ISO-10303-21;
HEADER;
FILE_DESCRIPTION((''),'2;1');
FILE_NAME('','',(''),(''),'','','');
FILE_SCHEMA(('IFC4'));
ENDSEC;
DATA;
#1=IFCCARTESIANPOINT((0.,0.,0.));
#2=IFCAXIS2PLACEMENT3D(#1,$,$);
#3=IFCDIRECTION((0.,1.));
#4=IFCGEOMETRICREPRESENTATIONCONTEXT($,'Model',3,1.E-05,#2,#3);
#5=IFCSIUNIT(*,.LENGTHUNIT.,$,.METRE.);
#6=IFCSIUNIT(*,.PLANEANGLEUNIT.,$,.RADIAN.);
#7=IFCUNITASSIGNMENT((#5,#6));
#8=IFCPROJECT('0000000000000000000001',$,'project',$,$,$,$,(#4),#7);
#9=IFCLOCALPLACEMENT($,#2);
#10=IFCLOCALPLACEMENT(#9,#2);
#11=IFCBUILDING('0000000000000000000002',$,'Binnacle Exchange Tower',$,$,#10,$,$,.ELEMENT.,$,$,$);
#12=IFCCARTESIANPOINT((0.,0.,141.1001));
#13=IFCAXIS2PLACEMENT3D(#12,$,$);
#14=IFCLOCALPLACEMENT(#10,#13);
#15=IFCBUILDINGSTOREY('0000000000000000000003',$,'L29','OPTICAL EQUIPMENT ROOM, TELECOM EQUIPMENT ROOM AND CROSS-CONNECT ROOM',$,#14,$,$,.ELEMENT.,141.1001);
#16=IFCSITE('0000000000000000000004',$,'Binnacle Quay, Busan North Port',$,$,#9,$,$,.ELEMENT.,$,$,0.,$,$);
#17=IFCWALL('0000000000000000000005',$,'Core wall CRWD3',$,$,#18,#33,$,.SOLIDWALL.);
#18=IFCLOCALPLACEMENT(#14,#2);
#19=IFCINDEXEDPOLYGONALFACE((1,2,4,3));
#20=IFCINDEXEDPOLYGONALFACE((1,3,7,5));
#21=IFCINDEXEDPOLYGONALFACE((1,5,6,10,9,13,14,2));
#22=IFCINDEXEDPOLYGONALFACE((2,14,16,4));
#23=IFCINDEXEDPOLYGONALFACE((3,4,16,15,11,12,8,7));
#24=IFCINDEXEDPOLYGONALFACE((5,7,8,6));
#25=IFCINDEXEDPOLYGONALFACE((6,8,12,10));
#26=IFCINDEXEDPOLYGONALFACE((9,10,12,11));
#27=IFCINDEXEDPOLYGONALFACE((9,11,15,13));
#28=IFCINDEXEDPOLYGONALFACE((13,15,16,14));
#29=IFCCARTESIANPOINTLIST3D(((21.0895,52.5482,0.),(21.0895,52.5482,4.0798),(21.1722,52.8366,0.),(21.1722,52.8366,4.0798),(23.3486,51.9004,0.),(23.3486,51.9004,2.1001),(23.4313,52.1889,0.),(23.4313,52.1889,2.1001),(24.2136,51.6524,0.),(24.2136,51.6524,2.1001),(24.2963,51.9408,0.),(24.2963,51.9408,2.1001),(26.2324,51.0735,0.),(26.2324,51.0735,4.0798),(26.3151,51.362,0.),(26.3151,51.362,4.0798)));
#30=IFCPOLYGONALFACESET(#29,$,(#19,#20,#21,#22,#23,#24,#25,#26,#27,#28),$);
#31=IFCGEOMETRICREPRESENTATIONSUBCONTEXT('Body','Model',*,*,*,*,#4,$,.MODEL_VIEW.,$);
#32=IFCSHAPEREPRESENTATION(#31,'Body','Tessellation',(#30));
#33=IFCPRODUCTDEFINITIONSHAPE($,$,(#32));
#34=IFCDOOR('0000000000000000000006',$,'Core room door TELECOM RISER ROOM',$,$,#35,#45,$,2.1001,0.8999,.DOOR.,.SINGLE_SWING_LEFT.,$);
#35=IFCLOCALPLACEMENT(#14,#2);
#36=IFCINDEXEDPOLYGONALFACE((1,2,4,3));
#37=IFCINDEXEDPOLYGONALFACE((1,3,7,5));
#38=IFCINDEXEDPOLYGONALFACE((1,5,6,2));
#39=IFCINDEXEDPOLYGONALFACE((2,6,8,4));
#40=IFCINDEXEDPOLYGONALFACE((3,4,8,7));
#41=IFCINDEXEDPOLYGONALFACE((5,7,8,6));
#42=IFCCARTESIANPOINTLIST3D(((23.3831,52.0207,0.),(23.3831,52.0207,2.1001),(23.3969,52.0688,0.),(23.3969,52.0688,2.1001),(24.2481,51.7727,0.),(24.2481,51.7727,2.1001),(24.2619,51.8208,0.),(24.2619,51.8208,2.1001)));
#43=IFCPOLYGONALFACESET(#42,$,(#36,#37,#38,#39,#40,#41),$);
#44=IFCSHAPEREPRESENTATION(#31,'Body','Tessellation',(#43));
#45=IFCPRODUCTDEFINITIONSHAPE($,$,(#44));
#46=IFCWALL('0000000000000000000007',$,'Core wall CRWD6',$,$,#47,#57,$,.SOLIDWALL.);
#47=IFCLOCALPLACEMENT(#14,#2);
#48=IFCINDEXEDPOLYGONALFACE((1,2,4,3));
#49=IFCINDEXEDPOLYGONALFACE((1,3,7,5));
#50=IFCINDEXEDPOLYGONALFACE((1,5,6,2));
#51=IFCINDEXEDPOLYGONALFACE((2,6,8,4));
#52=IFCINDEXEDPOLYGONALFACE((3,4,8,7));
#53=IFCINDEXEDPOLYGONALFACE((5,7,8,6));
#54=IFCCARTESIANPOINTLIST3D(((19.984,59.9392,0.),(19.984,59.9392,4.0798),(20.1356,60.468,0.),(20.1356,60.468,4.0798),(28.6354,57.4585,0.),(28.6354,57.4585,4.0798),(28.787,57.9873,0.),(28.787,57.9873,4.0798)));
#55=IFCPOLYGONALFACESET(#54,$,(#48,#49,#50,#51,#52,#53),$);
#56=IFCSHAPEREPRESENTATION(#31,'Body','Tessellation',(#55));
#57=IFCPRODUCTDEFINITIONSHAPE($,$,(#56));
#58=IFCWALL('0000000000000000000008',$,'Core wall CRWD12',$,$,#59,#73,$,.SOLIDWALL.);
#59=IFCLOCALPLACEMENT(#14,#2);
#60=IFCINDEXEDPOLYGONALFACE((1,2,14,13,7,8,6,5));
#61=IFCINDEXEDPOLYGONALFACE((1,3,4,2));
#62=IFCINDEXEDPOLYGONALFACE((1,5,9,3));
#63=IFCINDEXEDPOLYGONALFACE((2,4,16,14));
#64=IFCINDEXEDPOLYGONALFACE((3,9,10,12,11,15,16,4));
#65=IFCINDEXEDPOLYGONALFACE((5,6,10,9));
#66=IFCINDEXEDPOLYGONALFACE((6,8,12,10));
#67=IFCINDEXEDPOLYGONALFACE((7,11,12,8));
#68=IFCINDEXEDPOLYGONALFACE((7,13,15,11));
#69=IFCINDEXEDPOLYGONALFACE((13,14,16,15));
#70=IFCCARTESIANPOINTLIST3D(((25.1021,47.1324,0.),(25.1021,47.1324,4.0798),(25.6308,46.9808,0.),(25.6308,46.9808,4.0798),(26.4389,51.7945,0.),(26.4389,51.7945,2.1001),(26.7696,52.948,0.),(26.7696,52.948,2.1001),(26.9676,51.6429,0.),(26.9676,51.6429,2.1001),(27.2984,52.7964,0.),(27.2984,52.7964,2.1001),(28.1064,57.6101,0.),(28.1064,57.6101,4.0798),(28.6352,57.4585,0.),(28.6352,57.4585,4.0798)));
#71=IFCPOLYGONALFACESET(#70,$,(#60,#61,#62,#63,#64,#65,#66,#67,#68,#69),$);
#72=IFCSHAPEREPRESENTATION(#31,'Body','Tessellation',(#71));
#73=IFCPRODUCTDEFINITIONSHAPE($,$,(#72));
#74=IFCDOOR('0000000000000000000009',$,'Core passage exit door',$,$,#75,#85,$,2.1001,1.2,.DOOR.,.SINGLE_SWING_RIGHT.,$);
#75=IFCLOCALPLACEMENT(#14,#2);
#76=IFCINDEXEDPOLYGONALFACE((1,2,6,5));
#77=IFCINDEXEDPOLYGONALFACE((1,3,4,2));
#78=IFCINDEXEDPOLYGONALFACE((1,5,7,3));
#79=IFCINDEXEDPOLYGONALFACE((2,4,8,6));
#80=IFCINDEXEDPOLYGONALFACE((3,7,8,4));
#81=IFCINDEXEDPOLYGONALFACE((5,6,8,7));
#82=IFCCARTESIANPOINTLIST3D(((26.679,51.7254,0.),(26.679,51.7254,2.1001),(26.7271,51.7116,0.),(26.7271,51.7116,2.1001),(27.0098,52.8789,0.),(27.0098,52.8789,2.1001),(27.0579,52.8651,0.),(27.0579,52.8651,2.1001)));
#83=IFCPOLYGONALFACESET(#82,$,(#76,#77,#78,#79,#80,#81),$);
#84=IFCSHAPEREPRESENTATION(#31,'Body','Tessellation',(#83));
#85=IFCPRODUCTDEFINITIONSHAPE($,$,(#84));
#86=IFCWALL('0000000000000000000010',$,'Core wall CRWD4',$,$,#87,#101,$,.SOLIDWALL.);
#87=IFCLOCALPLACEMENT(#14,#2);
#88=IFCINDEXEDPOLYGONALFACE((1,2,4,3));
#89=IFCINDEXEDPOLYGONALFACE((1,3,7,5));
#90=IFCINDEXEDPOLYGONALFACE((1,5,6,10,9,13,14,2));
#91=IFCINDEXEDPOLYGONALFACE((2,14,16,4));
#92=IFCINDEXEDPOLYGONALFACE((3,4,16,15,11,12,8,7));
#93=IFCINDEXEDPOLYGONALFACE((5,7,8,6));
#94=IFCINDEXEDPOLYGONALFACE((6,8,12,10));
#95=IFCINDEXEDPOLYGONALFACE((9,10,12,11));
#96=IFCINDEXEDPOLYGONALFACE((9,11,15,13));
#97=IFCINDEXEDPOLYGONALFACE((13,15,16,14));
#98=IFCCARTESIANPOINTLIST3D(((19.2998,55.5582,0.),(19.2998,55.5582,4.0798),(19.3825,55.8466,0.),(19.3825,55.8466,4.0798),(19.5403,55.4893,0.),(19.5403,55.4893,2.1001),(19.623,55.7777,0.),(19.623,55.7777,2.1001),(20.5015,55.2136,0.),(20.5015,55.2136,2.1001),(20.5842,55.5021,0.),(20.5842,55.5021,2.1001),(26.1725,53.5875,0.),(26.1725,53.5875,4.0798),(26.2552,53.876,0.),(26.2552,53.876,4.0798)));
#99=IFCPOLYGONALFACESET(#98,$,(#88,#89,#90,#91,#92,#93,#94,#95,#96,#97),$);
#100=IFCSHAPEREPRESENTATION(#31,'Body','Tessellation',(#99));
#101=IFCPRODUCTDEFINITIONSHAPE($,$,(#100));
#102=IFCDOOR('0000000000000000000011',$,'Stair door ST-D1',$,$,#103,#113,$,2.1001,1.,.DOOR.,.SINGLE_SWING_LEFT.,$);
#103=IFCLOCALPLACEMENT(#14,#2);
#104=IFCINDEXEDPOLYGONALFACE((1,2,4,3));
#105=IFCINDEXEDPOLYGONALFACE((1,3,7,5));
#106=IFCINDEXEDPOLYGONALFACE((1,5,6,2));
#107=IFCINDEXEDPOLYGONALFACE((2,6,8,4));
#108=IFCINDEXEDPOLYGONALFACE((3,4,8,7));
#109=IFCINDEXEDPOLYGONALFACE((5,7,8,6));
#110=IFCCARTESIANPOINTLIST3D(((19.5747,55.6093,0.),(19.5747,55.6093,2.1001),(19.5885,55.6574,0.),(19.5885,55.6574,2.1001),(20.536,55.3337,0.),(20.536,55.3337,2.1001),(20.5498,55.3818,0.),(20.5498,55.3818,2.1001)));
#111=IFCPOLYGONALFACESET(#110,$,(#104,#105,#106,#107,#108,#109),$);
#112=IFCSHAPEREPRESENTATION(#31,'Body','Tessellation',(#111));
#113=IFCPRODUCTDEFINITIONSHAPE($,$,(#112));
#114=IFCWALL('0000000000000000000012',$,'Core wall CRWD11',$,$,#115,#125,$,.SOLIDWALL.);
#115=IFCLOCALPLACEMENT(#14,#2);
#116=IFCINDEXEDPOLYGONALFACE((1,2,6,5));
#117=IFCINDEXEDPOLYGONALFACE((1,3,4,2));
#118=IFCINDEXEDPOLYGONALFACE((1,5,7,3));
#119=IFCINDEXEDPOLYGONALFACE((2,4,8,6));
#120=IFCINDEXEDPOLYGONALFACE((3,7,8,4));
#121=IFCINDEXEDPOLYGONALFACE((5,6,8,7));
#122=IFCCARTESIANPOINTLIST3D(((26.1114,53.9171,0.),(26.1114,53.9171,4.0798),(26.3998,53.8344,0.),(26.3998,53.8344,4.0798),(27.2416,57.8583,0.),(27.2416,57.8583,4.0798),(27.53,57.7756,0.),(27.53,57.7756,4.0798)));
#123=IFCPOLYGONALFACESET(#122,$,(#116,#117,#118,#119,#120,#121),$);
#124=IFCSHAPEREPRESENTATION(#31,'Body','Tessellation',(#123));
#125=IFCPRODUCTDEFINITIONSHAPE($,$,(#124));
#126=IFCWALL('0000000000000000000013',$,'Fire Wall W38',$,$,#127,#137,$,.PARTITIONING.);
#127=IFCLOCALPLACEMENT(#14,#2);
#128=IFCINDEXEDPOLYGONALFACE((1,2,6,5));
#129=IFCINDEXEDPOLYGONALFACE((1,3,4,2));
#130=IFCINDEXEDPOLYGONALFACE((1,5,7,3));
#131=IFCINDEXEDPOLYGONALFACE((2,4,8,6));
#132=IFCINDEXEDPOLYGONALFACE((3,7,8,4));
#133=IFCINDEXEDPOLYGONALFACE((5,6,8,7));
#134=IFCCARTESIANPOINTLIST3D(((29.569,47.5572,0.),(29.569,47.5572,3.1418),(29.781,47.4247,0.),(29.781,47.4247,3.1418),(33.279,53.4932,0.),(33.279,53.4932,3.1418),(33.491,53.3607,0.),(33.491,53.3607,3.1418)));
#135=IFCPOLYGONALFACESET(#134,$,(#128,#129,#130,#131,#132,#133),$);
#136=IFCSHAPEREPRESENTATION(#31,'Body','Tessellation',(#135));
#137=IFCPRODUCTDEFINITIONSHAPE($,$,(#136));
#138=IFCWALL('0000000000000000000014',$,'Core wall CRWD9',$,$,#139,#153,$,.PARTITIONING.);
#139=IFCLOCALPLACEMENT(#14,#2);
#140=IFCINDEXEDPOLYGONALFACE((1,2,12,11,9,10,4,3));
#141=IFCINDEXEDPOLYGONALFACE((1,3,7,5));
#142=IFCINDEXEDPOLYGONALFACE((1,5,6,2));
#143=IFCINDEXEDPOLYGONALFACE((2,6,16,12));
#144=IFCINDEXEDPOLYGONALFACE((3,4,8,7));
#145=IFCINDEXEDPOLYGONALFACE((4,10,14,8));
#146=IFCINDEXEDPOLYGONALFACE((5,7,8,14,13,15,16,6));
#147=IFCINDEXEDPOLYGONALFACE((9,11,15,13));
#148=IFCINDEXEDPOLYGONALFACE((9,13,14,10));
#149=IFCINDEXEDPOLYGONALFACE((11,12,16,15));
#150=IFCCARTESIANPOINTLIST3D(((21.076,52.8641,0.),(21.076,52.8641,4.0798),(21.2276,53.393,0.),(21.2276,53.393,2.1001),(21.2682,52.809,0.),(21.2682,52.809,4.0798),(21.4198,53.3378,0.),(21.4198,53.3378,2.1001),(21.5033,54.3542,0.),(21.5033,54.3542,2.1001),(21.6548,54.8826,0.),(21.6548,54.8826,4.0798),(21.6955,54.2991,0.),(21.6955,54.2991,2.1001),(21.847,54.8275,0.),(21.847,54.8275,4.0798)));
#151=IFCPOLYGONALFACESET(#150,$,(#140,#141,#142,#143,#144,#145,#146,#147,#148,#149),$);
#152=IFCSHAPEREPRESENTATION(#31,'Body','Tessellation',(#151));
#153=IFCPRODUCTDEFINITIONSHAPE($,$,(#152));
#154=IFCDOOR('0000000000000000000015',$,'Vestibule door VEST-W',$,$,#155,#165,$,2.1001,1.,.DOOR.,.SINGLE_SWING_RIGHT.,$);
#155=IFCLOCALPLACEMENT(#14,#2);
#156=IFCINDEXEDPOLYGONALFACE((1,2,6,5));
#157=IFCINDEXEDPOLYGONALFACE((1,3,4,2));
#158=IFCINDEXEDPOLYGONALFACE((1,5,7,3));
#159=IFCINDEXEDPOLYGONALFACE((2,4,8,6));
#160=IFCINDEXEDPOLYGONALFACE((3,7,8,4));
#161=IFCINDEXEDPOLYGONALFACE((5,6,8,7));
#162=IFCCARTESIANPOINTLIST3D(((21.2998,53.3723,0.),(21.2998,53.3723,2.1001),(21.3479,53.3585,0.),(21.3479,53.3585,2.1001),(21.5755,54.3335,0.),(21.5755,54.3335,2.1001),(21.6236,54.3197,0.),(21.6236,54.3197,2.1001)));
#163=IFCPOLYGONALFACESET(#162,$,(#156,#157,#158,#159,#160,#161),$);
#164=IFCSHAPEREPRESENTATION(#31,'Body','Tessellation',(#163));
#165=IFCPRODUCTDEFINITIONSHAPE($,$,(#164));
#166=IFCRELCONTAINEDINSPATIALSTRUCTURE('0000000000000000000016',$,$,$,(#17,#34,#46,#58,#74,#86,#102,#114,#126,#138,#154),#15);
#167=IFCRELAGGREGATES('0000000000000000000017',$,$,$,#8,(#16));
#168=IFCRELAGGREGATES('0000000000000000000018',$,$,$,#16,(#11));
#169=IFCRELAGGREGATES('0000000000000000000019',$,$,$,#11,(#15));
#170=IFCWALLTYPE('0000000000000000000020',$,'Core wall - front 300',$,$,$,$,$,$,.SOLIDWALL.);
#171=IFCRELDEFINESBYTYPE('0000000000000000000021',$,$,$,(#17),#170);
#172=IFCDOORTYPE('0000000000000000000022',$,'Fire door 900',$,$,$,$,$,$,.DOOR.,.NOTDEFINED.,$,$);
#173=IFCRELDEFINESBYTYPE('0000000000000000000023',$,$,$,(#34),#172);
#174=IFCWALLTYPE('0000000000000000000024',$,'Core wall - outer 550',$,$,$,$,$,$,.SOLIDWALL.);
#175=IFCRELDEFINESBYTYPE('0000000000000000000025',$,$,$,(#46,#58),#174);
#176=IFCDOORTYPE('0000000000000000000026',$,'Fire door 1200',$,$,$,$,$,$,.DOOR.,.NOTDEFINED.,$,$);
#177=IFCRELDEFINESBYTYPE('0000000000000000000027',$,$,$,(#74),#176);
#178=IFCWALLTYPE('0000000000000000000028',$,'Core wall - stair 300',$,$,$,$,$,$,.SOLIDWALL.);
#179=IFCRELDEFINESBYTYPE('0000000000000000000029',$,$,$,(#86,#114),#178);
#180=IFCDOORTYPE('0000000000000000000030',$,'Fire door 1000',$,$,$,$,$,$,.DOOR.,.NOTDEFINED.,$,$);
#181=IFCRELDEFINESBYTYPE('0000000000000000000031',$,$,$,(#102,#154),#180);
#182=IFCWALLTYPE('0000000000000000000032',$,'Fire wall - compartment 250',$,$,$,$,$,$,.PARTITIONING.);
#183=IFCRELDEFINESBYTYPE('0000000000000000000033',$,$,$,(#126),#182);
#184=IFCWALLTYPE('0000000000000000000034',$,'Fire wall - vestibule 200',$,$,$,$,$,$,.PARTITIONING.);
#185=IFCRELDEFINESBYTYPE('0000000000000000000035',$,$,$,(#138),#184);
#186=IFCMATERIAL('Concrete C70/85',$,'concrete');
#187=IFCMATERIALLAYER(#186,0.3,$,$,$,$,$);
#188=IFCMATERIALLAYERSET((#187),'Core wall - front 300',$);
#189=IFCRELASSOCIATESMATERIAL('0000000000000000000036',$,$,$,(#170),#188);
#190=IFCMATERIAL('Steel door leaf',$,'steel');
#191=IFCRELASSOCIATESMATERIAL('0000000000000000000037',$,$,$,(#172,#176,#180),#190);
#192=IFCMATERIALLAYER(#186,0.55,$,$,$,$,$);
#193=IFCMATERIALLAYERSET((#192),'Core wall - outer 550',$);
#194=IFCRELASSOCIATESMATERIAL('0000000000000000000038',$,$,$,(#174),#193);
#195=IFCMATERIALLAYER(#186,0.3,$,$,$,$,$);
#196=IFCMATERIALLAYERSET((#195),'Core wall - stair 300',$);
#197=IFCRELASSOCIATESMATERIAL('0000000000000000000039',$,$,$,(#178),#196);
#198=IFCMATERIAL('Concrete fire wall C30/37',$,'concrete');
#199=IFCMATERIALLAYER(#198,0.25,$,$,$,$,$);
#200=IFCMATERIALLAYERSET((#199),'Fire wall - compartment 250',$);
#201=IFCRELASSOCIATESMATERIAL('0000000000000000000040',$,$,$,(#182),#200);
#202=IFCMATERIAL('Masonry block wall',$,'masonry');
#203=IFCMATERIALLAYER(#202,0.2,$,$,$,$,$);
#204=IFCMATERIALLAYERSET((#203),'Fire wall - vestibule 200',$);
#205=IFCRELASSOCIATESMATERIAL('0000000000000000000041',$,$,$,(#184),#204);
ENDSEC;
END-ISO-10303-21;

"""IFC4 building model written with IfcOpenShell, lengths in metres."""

from ifc_helpers import new_model, si_unit, direction, frame, frame_2d, origin, place, context, subcontext, project, spatial, rectangle, extrude, material, layer, layer_set, type_object, element, fill, save


model = new_model("IFC4")

# Units and contexts
model_context = context("Model", 3, precision=1e-05, world=origin(), true_north=direction((0.0, 1.0)))
body_context = subcontext(model_context, "Body", "Model", "MODEL_VIEW")
ifc_project = project(units=[si_unit("LENGTHUNIT", "METRE"), si_unit("PLANEANGLEUNIT", "RADIAN")], contexts=[model_context])

# Site, building, storey
site_placement = place(None, origin())
site = spatial("IfcSite", under=ifc_project, at=site_placement, Name="Binnacle Quay, Busan North Port", CompositionType="ELEMENT", RefElevation=0.0)
building_placement = place(site_placement, origin())
building = spatial("IfcBuilding", under=site, at=building_placement, Name="Binnacle Exchange Tower", CompositionType="ELEMENT")
storey_placement = place(building_placement, frame((0.0, 0.0, 141.1001)))
storey = spatial("IfcBuildingStorey", under=building, at=storey_placement, Name="L29", Description="OPTICAL EQUIPMENT ROOM, TELECOM EQUIPMENT ROOM AND CROSS-CONNECT ROOM", CompositionType="ELEMENT", Elevation=141.1001)

# Shared definitions
ifc_material_1 = material(Name="Concrete C70/85", Category="concrete")

# Wall, opening, door
ifc_layer_1 = layer(ifc_material_1, 0.3)
ifc_layer_set_1 = layer_set([ifc_layer_1], Name="Core wall - front 300")
wall_type_1 = type_object("IfcWallType", Name="Core wall - front 300", PredefinedType="SOLIDWALL", material=ifc_layer_set_1)
wall_1_placement = place(storey_placement, frame((21.1309, 52.6924, 0.0), z_axis=(0.0, 0.0, 1.0), x_axis=(0.961265, -0.275625, 0.0)))
wall_1 = element("IfcWall", 1, at=wall_1_placement, inside=storey, type_object=wall_type_1, Name="Core wall CRWD3", PredefinedType="SOLIDWALL", context=body_context, shape_type="SweptSolid", body=[
    extrude(rectangle(XDim=5.3501, YDim=0.3, at=frame_2d((2.675, 0.0))), origin(), (0.0, 0.0, 1.0), 4.0798),
])
opening_1_placement = place(wall_1_placement, frame((2.3501, 0.0, 0.0)))
opening_1 = element("IfcOpeningElement", 2, at=opening_1_placement, cuts=wall_1, PredefinedType="OPENING", context=body_context, shape_type="SweptSolid", body=[
    extrude(rectangle(XDim=0.8999, YDim=2.1001, at=frame_2d((0.45, 1.05))), frame((0.0, 0.1599, 0.0), z_axis=(0.0, -1.0, 0.0), x_axis=(1.0, 0.0, 0.0)), (0.0, 0.0, 1.0), 0.3201),
])
ifc_material_2 = material(Name="Steel door leaf", Category="steel")
door_type_1 = type_object("IfcDoorType", Name="Fire door 900", OperationType="NOTDEFINED", PredefinedType="DOOR", material=ifc_material_2)
door_1_placement = place(opening_1_placement, frame((0.8999, 0.0, 0.0), z_axis=(0.0, 0.0, 1.0), x_axis=(-1.0, 0.0, 0.0)))
door_1 = element("IfcDoor", 3, at=door_1_placement, inside=storey, type_object=door_type_1, Name="Core room door TELECOM RISER ROOM", OperationType="SINGLE_SWING_LEFT", OverallHeight=2.1001, OverallWidth=0.8999, PredefinedType="DOOR", context=body_context, shape_type="SweptSolid", body=[
    extrude(rectangle(XDim=0.8999, YDim=2.1001, at=frame_2d((0.45, 1.05))), frame((0.0, 0.0249, 0.0), z_axis=(0.0, -1.0, 0.0), x_axis=(1.0, 0.0, 0.0)), (0.0, 0.0, 1.0), 0.05),
])
fill(opening_1, door_1)

# Wall
ifc_layer_2 = layer(ifc_material_1, 0.55)
ifc_layer_set_2 = layer_set([ifc_layer_2], Name="Core wall - outer 550")
wall_type_2 = type_object("IfcWallType", Name="Core wall - outer 550", PredefinedType="SOLIDWALL", material=ifc_layer_set_2)
wall_2_placement = place(storey_placement, frame((20.0598, 60.2036, 0.0), z_axis=(0.0, 0.0, 1.0), x_axis=(0.961262, -0.275635, 0.0)))
element("IfcWall", 4, at=wall_2_placement, inside=storey, type_object=wall_type_2, Name="Core wall CRWD6", PredefinedType="SOLIDWALL", context=body_context, shape_type="SweptSolid", body=[
    extrude(rectangle(XDim=9.0, YDim=0.55, at=frame_2d((4.5, 0.0))), origin(), (0.0, 0.0, 1.0), 4.0798),
])

# Walls, openings, doors
wall_3_placement = place(storey_placement, frame((25.3665, 47.0566, 0.0), z_axis=(0.0, 0.0, 1.0), x_axis=(0.275632, 0.961263, 0.0)))
wall_3 = element("IfcWall", 5, at=wall_3_placement, inside=storey, type_object=wall_type_2, Name="Core wall CRWD12", PredefinedType="SOLIDWALL", context=body_context, shape_type="SweptSolid", body=[
    extrude(rectangle(XDim=10.8999, YDim=0.55, at=frame_2d((5.45, 0.0))), origin(), (0.0, 0.0, 1.0), 4.0798),
])
opening_2_placement = place(wall_3_placement, frame((4.8499, 0.0, 0.0)))
opening_2 = element("IfcOpeningElement", 6, at=opening_2_placement, cuts=wall_3, PredefinedType="OPENING", context=body_context, shape_type="SweptSolid", body=[
    extrude(rectangle(XDim=1.2, YDim=2.1001, at=frame_2d((0.6001, 1.05))), frame((0.0, 0.2849, 0.0), z_axis=(0.0, -1.0, 0.0), x_axis=(1.0, 0.0, 0.0)), (0.0, 0.0, 1.0), 0.5701),
])
door_type_2 = type_object("IfcDoorType", Name="Fire door 1200", OperationType="NOTDEFINED", PredefinedType="DOOR", material=ifc_material_2)
door_2_placement = place(opening_2_placement, frame((1.2, 0.0, 0.0), z_axis=(0.0, 0.0, 1.0), x_axis=(-1.0, 0.0, 0.0)))
door_2 = element("IfcDoor", 7, at=door_2_placement, inside=storey, type_object=door_type_2, Name="Core passage exit door", OperationType="SINGLE_SWING_RIGHT", OverallHeight=2.1001, OverallWidth=1.2, PredefinedType="DOOR", context=body_context, shape_type="SweptSolid", body=[
    extrude(rectangle(XDim=1.2, YDim=2.1001, at=frame_2d((0.6001, 1.05))), frame((0.0, 0.0249, 0.0), z_axis=(0.0, -1.0, 0.0), x_axis=(1.0, 0.0, 0.0)), (0.0, 0.0, 1.0), 0.05),
])
fill(opening_2, door_2)
ifc_layer_3 = layer(ifc_material_1, 0.3)
ifc_layer_set_3 = layer_set([ifc_layer_3], Name="Core wall - stair 300")
wall_type_3 = type_object("IfcWallType", Name="Core wall - stair 300", PredefinedType="SOLIDWALL", material=ifc_layer_set_3)
wall_4_placement = place(storey_placement, frame((19.3413, 55.7024, 0.0), z_axis=(0.0, 0.0, 1.0), x_axis=(0.961263, -0.275632, 0.0)))
wall_4 = element("IfcWall", 8, at=wall_4_placement, inside=storey, type_object=wall_type_3, Name="Core wall CRWD4", PredefinedType="SOLIDWALL", context=body_context, shape_type="SweptSolid", body=[
    extrude(rectangle(XDim=7.1497, YDim=0.3, at=frame_2d((3.5747, 0.0))), origin(), (0.0, 0.0, 1.0), 4.0798),
])
opening_3_placement = place(wall_4_placement, frame((0.25, 0.0, 0.0)))
opening_3 = element("IfcOpeningElement", 9, at=opening_3_placement, cuts=wall_4, PredefinedType="OPENING", context=body_context, shape_type="SweptSolid", body=[
    extrude(rectangle(XDim=1.0, YDim=2.1001, at=frame_2d((0.5, 1.05))), frame((0.0, 0.1599, 0.0), z_axis=(0.0, -1.0, 0.0), x_axis=(1.0, 0.0, 0.0)), (0.0, 0.0, 1.0), 0.3201),
])
door_type_3 = type_object("IfcDoorType", Name="Fire door 1000", OperationType="NOTDEFINED", PredefinedType="DOOR", material=ifc_material_2)
door_3_placement = place(opening_3_placement, origin())
door_3 = element("IfcDoor", 10, at=door_3_placement, inside=storey, type_object=door_type_3, Name="Stair door ST-D1", OperationType="SINGLE_SWING_LEFT", OverallHeight=2.1001, OverallWidth=1.0, PredefinedType="DOOR", context=body_context, shape_type="SweptSolid", body=[
    extrude(rectangle(XDim=1.0, YDim=2.1001, at=frame_2d((0.5, 1.05))), frame((0.0, 0.0249, 0.0), z_axis=(0.0, -1.0, 0.0), x_axis=(1.0, 0.0, 0.0)), (0.0, 0.0, 1.0), 0.05),
])
fill(opening_3, door_3)

# Walls
wall_5_placement = place(storey_placement, frame((26.2556, 53.8757, 0.0), z_axis=(0.0, 0.0, 1.0), x_axis=(0.275641, 0.961261, 0.0)))
element("IfcWall", 11, at=wall_5_placement, inside=storey, type_object=wall_type_3, Name="Core wall CRWD11", PredefinedType="SOLIDWALL", context=body_context, shape_type="SweptSolid", body=[
    extrude(rectangle(XDim=4.1001, YDim=0.3, at=frame_2d((2.05, 0.0))), origin(), (0.0, 0.0, 1.0), 4.0798),
])
ifc_material_3 = material(Name="Concrete fire wall C30/37", Category="concrete")
ifc_layer_4 = layer(ifc_material_3, 0.25)
ifc_layer_set_4 = layer_set([ifc_layer_4], Name="Fire wall - compartment 250")
wall_type_4 = type_object("IfcWallType", Name="Fire wall - compartment 250", PredefinedType="PARTITIONING", material=ifc_layer_set_4)
wall_6_placement = place(storey_placement, frame((29.675, 47.491, 0.0), z_axis=(0.0, 0.0, 1.0), x_axis=(0.529993, 0.848002, 0.0)))
element("IfcWall", 12, at=wall_6_placement, inside=storey, type_object=wall_type_4, Name="Fire Wall W38", PredefinedType="PARTITIONING", context=body_context, shape_type="SweptSolid", body=[
    extrude(rectangle(XDim=7.0, YDim=0.25, at=frame_2d((3.5, 0.0))), origin(), (0.0, 0.0, 1.0), 3.1418),
])

# Wall, opening, door
ifc_material_4 = material(Name="Masonry block wall", Category="masonry")
ifc_layer_5 = layer(ifc_material_4, 0.2)
ifc_layer_set_5 = layer_set([ifc_layer_5], Name="Fire wall - vestibule 200")
wall_type_5 = type_object("IfcWallType", Name="Fire wall - vestibule 200", PredefinedType="PARTITIONING", material=ifc_layer_set_5)
wall_7_placement = place(storey_placement, frame((21.1721, 52.8367, 0.0), z_axis=(0.0, 0.0, 1.0), x_axis=(0.275658, 0.961256, 0.0)))
wall_7 = element("IfcWall", 13, at=wall_7_placement, inside=storey, type_object=wall_type_5, Name="Core wall CRWD9", PredefinedType="PARTITIONING", context=body_context, shape_type="SweptSolid", body=[
    extrude(rectangle(XDim=2.0999, YDim=0.2, at=frame_2d((1.0498, 0.0))), origin(), (0.0, 0.0, 1.0), 4.0798),
])
opening_4_placement = place(wall_7_placement, frame((0.55, 0.0, 0.0)))
opening_4 = element("IfcOpeningElement", 14, at=opening_4_placement, cuts=wall_7, PredefinedType="OPENING", context=body_context, shape_type="SweptSolid", body=[
    extrude(rectangle(XDim=1.0, YDim=2.1001, at=frame_2d((0.5, 1.05))), frame((0.0, 0.1099, 0.0), z_axis=(0.0, -1.0, 0.0), x_axis=(1.0, 0.0, 0.0)), (0.0, 0.0, 1.0), 0.22),
])
door_4_placement = place(opening_4_placement, origin())
door_4 = element("IfcDoor", 15, at=door_4_placement, inside=storey, type_object=door_type_3, Name="Vestibule door VEST-W", OperationType="SINGLE_SWING_RIGHT", OverallHeight=2.1001, OverallWidth=1.0, PredefinedType="DOOR", context=body_context, shape_type="SweptSolid", body=[
    extrude(rectangle(XDim=1.0, YDim=2.1001, at=frame_2d((0.5, 1.05))), frame((0.0, 0.0249, 0.0), z_axis=(0.0, -1.0, 0.0), x_axis=(1.0, 0.0, 0.0)), (0.0, 0.0, 1.0), 0.05),
])
fill(opening_4, door_4)

save(model, "model.ifc")
